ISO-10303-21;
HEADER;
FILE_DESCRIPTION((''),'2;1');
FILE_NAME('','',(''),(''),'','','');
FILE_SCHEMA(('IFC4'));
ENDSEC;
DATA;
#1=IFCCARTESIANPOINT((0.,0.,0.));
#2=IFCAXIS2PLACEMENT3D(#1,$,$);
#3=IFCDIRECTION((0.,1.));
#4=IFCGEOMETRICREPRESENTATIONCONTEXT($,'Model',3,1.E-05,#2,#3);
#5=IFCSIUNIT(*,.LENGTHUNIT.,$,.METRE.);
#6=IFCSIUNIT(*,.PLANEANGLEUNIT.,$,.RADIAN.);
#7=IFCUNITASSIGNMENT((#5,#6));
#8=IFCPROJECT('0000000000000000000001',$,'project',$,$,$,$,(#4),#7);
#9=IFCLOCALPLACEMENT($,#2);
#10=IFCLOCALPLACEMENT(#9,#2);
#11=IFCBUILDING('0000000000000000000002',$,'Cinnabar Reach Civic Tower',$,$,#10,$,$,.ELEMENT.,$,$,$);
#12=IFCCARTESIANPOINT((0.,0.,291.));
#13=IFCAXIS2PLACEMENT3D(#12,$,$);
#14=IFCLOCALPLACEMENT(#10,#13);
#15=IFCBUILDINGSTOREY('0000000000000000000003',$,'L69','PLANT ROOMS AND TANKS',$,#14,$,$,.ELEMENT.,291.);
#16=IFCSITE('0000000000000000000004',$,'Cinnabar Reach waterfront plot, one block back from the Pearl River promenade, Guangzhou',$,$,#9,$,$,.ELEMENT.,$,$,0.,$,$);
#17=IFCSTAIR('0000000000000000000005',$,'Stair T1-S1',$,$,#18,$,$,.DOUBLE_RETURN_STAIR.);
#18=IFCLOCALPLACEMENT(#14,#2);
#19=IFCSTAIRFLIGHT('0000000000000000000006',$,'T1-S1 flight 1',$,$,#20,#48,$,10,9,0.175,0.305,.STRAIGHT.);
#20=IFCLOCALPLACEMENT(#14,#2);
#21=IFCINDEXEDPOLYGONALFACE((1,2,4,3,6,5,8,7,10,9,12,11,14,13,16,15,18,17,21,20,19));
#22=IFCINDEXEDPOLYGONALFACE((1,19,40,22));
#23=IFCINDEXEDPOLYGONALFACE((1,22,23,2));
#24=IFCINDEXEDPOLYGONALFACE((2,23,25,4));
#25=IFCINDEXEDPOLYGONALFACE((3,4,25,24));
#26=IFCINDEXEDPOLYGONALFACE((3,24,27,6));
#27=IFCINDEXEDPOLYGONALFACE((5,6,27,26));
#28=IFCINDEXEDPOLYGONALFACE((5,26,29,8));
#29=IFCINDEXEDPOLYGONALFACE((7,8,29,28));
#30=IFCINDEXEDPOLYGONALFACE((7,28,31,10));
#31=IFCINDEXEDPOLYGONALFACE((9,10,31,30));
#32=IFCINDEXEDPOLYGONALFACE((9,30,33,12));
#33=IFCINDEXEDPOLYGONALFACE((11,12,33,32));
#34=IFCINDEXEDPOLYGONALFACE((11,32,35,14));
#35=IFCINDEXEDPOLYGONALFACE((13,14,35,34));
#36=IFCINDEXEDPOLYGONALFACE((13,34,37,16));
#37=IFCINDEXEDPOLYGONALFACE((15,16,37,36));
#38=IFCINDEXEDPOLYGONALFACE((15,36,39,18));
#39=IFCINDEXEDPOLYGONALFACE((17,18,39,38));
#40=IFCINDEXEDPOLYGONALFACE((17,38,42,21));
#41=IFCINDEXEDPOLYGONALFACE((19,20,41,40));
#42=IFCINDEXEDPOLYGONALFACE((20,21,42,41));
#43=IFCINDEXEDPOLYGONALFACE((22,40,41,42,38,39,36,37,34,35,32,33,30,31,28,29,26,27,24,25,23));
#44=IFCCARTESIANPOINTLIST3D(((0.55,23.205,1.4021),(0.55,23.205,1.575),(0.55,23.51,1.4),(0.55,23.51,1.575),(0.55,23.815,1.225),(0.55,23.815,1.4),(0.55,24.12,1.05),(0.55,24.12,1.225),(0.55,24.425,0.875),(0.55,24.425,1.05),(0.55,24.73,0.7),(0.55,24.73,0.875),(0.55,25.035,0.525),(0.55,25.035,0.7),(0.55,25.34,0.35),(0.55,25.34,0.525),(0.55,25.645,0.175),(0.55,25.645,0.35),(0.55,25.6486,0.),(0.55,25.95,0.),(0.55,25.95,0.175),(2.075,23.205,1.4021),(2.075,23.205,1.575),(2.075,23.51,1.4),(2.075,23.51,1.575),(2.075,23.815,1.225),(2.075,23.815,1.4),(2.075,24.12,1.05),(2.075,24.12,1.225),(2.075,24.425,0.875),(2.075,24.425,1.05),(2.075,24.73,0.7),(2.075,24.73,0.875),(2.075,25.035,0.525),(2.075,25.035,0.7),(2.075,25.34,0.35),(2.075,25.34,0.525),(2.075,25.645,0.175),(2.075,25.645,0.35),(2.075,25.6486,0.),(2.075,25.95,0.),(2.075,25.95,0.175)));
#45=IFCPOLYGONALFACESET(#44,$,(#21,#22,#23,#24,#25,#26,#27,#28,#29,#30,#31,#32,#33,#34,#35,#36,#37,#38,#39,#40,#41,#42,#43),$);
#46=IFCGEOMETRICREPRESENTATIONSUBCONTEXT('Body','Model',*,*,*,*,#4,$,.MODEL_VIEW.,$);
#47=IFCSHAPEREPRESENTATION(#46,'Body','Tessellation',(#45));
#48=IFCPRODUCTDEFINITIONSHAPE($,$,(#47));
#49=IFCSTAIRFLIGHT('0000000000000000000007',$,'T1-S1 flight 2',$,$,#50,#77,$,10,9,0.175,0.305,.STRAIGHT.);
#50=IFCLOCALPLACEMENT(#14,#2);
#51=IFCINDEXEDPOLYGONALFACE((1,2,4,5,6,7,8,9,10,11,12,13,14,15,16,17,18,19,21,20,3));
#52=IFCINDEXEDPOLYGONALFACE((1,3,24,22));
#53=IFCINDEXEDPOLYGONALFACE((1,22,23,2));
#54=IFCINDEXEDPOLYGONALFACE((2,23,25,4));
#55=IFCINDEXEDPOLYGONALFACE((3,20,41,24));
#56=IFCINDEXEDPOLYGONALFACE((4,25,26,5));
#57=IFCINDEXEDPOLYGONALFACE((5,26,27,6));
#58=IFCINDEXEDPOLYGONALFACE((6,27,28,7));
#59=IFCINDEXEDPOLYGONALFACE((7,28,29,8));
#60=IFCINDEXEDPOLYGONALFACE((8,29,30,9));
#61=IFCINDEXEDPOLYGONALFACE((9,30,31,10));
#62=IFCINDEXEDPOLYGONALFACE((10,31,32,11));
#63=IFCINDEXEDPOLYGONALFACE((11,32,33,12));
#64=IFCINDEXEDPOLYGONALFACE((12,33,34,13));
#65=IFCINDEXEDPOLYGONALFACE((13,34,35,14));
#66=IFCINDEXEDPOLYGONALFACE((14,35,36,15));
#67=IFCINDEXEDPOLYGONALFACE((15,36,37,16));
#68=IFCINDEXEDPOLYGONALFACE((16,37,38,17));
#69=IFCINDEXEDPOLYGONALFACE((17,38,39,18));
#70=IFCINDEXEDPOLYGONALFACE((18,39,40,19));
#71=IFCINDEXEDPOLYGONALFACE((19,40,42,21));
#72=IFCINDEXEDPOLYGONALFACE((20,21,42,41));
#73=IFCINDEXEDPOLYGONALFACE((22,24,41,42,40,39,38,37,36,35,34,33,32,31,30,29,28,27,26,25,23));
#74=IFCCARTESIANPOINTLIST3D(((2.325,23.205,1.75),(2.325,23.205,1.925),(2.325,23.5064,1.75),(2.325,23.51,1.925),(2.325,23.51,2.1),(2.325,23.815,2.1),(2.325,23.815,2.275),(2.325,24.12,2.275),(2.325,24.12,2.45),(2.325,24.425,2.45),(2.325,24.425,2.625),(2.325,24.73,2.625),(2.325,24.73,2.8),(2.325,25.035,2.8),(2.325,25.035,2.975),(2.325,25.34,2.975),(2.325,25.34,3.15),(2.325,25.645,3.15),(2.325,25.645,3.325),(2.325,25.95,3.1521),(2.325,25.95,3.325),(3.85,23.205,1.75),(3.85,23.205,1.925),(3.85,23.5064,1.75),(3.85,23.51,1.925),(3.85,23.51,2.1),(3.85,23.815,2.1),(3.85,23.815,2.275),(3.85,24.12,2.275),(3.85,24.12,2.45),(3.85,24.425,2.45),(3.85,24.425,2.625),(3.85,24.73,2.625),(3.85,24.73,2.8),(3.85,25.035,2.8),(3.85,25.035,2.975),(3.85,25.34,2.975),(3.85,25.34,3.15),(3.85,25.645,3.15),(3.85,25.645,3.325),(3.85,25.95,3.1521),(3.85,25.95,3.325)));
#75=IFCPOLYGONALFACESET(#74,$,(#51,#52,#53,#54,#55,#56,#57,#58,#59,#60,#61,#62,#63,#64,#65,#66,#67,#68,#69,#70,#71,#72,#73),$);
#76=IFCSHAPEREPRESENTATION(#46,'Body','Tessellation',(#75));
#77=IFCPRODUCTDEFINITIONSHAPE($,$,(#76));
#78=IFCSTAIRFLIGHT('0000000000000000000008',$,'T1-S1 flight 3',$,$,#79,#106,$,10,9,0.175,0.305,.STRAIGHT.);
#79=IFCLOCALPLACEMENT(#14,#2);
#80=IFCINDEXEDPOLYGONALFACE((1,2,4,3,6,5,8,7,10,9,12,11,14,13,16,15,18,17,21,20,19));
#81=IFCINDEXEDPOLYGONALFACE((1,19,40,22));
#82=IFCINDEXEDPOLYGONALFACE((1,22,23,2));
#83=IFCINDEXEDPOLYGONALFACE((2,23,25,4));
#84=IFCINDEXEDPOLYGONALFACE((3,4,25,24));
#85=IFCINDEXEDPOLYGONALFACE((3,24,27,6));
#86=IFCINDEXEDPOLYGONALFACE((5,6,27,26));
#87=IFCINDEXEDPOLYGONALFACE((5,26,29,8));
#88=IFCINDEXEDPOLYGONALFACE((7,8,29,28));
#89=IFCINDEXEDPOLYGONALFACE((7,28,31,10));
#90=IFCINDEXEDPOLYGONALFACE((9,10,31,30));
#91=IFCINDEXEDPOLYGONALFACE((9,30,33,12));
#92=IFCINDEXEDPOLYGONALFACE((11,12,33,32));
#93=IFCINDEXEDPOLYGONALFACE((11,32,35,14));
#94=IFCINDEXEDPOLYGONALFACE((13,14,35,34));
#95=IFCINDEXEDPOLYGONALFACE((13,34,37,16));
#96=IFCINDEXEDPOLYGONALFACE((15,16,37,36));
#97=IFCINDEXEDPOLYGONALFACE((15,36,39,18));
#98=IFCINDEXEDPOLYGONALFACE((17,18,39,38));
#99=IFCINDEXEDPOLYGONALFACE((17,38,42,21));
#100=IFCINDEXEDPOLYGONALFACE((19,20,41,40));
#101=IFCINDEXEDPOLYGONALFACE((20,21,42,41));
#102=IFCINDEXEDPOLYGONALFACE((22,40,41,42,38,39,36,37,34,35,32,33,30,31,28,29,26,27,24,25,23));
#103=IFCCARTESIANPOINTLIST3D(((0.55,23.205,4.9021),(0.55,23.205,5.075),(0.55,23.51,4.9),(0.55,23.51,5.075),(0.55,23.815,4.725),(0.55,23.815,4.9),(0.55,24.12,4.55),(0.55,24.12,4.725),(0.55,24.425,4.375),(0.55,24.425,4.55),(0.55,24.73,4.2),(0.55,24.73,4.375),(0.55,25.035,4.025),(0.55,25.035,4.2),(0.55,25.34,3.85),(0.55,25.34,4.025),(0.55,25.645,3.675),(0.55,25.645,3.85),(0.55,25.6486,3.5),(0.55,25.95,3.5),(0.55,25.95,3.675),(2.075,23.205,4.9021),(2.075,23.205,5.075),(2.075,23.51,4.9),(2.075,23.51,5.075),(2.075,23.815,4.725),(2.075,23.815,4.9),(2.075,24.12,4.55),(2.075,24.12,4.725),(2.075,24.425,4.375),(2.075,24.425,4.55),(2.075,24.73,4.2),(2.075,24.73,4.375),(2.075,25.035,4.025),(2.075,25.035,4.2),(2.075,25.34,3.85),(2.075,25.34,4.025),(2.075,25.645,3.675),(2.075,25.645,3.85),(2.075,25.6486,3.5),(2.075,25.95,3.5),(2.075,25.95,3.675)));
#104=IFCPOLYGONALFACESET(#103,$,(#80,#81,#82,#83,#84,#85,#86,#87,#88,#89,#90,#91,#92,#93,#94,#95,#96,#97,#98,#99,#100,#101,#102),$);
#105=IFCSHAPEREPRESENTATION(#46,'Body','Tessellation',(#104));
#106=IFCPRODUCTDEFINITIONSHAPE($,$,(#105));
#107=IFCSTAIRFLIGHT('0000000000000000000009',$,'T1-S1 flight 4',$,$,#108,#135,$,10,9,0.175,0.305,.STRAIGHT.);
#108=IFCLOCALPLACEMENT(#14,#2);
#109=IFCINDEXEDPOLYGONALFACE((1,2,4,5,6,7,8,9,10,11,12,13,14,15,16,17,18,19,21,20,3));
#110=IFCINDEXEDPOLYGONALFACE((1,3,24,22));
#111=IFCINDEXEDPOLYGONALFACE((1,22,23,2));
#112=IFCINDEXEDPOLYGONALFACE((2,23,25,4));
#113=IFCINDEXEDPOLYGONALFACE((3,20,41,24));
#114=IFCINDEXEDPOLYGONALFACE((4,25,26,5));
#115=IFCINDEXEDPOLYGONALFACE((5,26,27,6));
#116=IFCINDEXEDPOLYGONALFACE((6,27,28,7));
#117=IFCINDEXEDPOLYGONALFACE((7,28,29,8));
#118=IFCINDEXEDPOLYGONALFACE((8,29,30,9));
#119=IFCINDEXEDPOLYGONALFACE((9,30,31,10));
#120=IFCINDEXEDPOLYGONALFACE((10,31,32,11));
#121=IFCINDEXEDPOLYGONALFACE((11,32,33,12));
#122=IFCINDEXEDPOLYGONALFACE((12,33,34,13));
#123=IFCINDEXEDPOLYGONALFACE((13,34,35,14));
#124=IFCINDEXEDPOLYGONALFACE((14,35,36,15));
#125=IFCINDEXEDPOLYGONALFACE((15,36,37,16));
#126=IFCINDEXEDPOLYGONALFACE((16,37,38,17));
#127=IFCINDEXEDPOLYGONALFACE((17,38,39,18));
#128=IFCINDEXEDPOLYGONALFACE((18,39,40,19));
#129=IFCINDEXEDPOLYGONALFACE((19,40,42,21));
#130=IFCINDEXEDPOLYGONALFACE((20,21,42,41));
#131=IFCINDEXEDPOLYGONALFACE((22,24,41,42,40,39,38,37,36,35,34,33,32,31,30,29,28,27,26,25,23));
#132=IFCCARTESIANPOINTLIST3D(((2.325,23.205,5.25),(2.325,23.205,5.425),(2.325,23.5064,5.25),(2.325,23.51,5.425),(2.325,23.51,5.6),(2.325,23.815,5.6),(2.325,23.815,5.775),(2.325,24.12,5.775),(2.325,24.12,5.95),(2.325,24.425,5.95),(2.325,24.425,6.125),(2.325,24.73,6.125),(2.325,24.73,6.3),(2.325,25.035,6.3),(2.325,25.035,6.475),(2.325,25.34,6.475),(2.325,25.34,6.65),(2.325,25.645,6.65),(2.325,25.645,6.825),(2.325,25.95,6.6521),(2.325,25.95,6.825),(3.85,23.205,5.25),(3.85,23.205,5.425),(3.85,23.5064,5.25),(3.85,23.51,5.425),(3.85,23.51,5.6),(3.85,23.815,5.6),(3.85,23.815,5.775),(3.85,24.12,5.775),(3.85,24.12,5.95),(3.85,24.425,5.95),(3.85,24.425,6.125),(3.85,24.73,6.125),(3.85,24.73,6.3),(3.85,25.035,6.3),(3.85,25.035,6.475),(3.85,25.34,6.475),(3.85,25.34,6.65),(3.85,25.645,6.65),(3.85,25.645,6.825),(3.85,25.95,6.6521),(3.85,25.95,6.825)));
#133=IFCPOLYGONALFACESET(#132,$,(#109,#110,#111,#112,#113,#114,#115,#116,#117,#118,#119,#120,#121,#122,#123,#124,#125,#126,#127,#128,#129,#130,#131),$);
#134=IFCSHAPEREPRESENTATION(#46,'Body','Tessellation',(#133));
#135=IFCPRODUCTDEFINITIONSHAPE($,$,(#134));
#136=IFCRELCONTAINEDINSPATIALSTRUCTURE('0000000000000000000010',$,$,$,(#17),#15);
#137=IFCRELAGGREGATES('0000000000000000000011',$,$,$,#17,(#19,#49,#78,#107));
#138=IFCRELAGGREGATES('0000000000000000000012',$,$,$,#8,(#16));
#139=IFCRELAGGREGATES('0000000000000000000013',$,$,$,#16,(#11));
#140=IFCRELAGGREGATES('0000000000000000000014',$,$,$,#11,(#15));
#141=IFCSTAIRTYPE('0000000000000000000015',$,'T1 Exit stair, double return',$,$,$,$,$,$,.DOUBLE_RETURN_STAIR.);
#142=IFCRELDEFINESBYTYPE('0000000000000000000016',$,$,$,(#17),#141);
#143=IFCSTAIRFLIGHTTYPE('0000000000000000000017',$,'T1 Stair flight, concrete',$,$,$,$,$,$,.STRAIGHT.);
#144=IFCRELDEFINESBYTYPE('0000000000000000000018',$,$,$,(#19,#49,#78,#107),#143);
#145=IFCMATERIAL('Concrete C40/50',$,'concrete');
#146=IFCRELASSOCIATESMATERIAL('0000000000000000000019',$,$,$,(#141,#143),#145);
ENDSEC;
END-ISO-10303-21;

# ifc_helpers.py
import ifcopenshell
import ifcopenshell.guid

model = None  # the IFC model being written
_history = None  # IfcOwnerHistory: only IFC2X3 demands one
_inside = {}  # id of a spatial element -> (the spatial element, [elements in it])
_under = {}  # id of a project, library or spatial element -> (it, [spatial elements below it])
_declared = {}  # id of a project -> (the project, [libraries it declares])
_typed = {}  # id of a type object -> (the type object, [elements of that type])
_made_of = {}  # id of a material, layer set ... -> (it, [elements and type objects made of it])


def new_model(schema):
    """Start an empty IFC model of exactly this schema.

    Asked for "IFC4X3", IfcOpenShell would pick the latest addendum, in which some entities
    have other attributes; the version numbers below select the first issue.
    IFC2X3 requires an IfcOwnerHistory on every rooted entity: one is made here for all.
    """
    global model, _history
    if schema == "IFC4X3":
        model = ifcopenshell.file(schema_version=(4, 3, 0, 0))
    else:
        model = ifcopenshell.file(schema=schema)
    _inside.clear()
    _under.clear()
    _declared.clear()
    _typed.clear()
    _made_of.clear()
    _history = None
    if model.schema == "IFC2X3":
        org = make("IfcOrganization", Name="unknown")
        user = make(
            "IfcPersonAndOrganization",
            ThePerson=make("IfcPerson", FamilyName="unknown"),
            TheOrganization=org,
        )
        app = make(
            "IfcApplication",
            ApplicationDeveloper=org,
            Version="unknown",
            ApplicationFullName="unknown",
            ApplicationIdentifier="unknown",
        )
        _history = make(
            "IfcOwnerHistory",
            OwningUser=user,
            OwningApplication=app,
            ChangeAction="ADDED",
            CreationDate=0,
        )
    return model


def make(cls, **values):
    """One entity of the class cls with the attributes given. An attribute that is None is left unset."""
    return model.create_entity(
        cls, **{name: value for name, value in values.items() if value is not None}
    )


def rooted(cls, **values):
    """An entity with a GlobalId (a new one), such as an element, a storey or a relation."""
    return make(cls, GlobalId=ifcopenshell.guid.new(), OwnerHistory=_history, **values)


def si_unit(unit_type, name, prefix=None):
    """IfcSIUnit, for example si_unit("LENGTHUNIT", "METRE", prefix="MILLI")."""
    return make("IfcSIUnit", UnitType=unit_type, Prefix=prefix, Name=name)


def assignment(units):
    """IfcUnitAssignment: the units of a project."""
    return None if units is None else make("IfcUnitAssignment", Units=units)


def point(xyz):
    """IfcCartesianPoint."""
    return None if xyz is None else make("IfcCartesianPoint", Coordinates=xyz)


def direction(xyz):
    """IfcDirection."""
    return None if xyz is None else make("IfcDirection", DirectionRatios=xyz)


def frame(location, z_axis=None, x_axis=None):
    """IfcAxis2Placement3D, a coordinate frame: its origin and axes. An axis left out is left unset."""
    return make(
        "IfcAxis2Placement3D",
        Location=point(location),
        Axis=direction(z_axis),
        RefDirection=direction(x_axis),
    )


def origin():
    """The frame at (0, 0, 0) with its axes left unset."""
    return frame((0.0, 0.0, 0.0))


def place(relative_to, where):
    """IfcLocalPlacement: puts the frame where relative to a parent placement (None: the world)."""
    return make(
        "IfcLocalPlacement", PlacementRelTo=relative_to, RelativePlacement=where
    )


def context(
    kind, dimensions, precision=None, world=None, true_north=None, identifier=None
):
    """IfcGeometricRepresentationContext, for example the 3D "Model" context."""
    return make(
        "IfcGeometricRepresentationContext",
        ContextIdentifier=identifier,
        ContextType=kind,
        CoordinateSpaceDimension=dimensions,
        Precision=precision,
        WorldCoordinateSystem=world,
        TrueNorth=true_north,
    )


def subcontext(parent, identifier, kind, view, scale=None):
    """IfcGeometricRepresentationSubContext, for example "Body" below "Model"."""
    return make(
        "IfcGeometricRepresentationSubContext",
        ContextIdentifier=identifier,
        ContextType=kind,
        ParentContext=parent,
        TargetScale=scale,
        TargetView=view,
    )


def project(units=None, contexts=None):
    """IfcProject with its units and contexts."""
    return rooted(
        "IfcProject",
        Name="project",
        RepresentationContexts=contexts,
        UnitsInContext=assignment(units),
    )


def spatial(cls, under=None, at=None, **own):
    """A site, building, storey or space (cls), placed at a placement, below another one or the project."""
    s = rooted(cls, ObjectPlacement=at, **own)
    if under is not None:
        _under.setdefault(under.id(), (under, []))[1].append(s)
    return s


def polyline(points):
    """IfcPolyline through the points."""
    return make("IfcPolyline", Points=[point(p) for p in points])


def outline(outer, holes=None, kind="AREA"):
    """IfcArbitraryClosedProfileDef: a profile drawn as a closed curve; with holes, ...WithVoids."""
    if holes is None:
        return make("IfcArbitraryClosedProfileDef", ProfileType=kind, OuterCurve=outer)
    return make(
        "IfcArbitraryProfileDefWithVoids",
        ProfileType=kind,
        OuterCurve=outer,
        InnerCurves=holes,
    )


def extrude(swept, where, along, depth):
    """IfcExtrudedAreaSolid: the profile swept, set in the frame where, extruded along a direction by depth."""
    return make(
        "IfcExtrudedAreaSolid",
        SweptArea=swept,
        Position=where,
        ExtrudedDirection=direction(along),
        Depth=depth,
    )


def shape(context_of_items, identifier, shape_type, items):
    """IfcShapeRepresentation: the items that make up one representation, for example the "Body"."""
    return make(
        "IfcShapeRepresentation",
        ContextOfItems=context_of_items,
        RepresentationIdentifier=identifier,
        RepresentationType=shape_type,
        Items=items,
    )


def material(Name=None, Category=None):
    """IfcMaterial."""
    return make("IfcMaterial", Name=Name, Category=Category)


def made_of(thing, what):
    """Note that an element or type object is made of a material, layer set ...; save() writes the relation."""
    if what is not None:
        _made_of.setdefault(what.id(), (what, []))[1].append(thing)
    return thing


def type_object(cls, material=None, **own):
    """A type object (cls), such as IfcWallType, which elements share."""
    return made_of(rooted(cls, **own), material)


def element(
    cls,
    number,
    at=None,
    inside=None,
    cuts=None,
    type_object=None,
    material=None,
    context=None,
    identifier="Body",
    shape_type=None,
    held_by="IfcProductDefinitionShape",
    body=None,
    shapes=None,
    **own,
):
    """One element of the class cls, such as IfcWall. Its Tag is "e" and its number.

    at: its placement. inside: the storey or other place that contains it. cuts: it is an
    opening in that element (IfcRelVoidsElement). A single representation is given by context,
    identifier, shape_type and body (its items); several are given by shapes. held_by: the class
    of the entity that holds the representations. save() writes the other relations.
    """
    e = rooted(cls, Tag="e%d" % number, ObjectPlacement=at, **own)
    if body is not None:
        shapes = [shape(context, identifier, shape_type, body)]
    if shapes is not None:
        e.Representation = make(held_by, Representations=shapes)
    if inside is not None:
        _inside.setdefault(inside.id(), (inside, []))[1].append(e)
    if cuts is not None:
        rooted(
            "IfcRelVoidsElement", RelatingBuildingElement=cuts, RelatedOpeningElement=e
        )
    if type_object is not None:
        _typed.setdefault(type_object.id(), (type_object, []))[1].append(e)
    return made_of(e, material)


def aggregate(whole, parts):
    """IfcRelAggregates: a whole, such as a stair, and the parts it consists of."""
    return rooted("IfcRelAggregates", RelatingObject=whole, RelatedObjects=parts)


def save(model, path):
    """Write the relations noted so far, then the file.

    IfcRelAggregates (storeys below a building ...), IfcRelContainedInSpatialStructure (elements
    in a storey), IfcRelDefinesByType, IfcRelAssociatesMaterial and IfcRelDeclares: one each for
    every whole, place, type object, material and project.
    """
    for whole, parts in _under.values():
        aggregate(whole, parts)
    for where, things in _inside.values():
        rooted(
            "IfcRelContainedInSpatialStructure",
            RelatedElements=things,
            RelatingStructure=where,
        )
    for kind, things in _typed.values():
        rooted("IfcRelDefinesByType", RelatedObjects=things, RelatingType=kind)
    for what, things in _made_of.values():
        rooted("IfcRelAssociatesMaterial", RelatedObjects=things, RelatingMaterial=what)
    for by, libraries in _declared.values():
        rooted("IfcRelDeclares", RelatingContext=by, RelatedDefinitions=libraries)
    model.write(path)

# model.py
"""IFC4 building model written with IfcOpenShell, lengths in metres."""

from ifc_helpers import new_model, si_unit, direction, frame, origin, place, context, subcontext, project, spatial, polyline, outline, extrude, material, type_object, element, aggregate, save


model = new_model("IFC4")

# Units and contexts
model_context = context("Model", 3, precision=1e-05, world=origin(), true_north=direction((0.0, 1.0)))
body_context = subcontext(model_context, "Body", "Model", "MODEL_VIEW")
ifc_project = project(units=[si_unit("LENGTHUNIT", "METRE"), si_unit("PLANEANGLEUNIT", "RADIAN")], contexts=[model_context])

# Site, building, storey
site_placement = place(None, origin())
site = spatial("IfcSite", under=ifc_project, at=site_placement, Name="Cinnabar Reach waterfront plot, one block back from the Pearl River promenade, Guangzhou", CompositionType="ELEMENT", RefElevation=0.0)
building_placement = place(site_placement, origin())
building = spatial("IfcBuilding", under=site, at=building_placement, Name="Cinnabar Reach Civic Tower", CompositionType="ELEMENT")
storey_placement = place(building_placement, frame((0.0, 0.0, 291.0)))
storey = spatial("IfcBuildingStorey", under=building, at=storey_placement, Name="L69", Description="PLANT ROOMS AND TANKS", CompositionType="ELEMENT", Elevation=291.0)

# Shared definitions
ifc_material_1 = material(Name="Concrete C40/50", Category="concrete")

# Stair, stair flights
stair_type = type_object("IfcStairType", Name="T1 Exit stair, double return", PredefinedType="DOUBLE_RETURN_STAIR", material=ifc_material_1)
stair_placement = place(storey_placement, origin())
stair = element("IfcStair", 1, at=stair_placement, inside=storey, type_object=stair_type, Name="Stair T1-S1", PredefinedType="DOUBLE_RETURN_STAIR")
stair_flight_type = type_object("IfcStairFlightType", Name="T1 Stair flight, concrete", PredefinedType="STRAIGHT", material=ifc_material_1)
stair_flight_1_placement = place(storey_placement, frame((1.3125, 25.95, 0.0), z_axis=(0.0, 0.0, 1.0), x_axis=(0.0, -1.0, 0.0)))
stair_flight_1 = element("IfcStairFlight", 2, at=stair_flight_1_placement, type_object=stair_flight_type, Name="T1-S1 flight 1", NumberOfRisers=10, NumberOfTreads=9, PredefinedType="STRAIGHT", RiserHeight=0.175, TreadLength=0.305, context=body_context, shape_type="SweptSolid", body=[
    extrude(outline(polyline([(0.0, 0.0), (0.0, 0.175), (0.305, 0.175), (0.305, 0.35), (0.61, 0.35), (0.61, 0.525), (0.915, 0.525), (0.915, 0.7), (1.22, 0.7), (1.22, 0.875), (1.525, 0.875), (1.525, 1.05), (1.83, 1.05), (1.83, 1.225), (2.135, 1.225), (2.135, 1.4), (2.44, 1.4), (2.44, 1.575), (2.745, 1.575), (2.745, 1.75), (2.745, 1.4021), (0.3014, 0.0), (0.0, 0.0)])), frame((0.0, 0.7625, 0.0), z_axis=(0.0, -1.0, 0.0), x_axis=(1.0, 0.0, 0.0)), (0.0, 0.0, 1.0), 1.525),
])
stair_flight_2_placement = place(storey_placement, frame((3.0875, 23.205, 1.75), z_axis=(0.0, 0.0, 1.0), x_axis=(0.0, 1.0, 0.0)))
stair_flight_2 = element("IfcStairFlight", 3, at=stair_flight_2_placement, type_object=stair_flight_type, Name="T1-S1 flight 2", NumberOfRisers=10, NumberOfTreads=9, PredefinedType="STRAIGHT", RiserHeight=0.175, TreadLength=0.305, context=body_context, shape_type="SweptSolid", body=[
    extrude(outline(polyline([(0.0, 0.0), (0.0, 0.175), (0.305, 0.175), (0.305, 0.35), (0.61, 0.35), (0.61, 0.525), (0.915, 0.525), (0.915, 0.7), (1.22, 0.7), (1.22, 0.875), (1.525, 0.875), (1.525, 1.05), (1.83, 1.05), (1.83, 1.225), (2.135, 1.225), (2.135, 1.4), (2.44, 1.4), (2.44, 1.575), (2.745, 1.575), (2.745, 1.75), (2.745, 1.4021), (0.3014, 0.0), (0.0, 0.0)])), frame((0.0, 0.7625, 0.0), z_axis=(0.0, -1.0, 0.0), x_axis=(1.0, 0.0, 0.0)), (0.0, 0.0, 1.0), 1.525),
])
stair_flight_3_placement = place(storey_placement, frame((1.3125, 25.95, 3.5), z_axis=(0.0, 0.0, 1.0), x_axis=(0.0, -1.0, 0.0)))
stair_flight_3 = element("IfcStairFlight", 4, at=stair_flight_3_placement, type_object=stair_flight_type, Name="T1-S1 flight 3", NumberOfRisers=10, NumberOfTreads=9, PredefinedType="STRAIGHT", RiserHeight=0.175, TreadLength=0.305, context=body_context, shape_type="SweptSolid", body=[
    extrude(outline(polyline([(0.0, 0.0), (0.0, 0.175), (0.305, 0.175), (0.305, 0.35), (0.61, 0.35), (0.61, 0.525), (0.915, 0.525), (0.915, 0.7), (1.22, 0.7), (1.22, 0.875), (1.525, 0.875), (1.525, 1.05), (1.83, 1.05), (1.83, 1.225), (2.135, 1.225), (2.135, 1.4), (2.44, 1.4), (2.44, 1.575), (2.745, 1.575), (2.745, 1.75), (2.745, 1.4021), (0.3014, 0.0), (0.0, 0.0)])), frame((0.0, 0.7625, 0.0), z_axis=(0.0, -1.0, 0.0), x_axis=(1.0, 0.0, 0.0)), (0.0, 0.0, 1.0), 1.525),
])
stair_flight_4_placement = place(storey_placement, frame((3.0875, 23.205, 5.25), z_axis=(0.0, 0.0, 1.0), x_axis=(0.0, 1.0, 0.0)))
stair_flight_4 = element("IfcStairFlight", 5, at=stair_flight_4_placement, type_object=stair_flight_type, Name="T1-S1 flight 4", NumberOfRisers=10, NumberOfTreads=9, PredefinedType="STRAIGHT", RiserHeight=0.175, TreadLength=0.305, context=body_context, shape_type="SweptSolid", body=[
    extrude(outline(polyline([(0.0, 0.0), (0.0, 0.175), (0.305, 0.175), (0.305, 0.35), (0.61, 0.35), (0.61, 0.525), (0.915, 0.525), (0.915, 0.7), (1.22, 0.7), (1.22, 0.875), (1.525, 0.875), (1.525, 1.05), (1.83, 1.05), (1.83, 1.225), (2.135, 1.225), (2.135, 1.4), (2.44, 1.4), (2.44, 1.575), (2.745, 1.575), (2.745, 1.75), (2.745, 1.4021), (0.3014, 0.0), (0.0, 0.0)])), frame((0.0, 0.7625, 0.0), z_axis=(0.0, -1.0, 0.0), x_axis=(1.0, 0.0, 0.0)), (0.0, 0.0, 1.0), 1.525),
])
aggregate(stair, [stair_flight_1, stair_flight_2, stair_flight_3, stair_flight_4])

save(model, "model.ifc")
